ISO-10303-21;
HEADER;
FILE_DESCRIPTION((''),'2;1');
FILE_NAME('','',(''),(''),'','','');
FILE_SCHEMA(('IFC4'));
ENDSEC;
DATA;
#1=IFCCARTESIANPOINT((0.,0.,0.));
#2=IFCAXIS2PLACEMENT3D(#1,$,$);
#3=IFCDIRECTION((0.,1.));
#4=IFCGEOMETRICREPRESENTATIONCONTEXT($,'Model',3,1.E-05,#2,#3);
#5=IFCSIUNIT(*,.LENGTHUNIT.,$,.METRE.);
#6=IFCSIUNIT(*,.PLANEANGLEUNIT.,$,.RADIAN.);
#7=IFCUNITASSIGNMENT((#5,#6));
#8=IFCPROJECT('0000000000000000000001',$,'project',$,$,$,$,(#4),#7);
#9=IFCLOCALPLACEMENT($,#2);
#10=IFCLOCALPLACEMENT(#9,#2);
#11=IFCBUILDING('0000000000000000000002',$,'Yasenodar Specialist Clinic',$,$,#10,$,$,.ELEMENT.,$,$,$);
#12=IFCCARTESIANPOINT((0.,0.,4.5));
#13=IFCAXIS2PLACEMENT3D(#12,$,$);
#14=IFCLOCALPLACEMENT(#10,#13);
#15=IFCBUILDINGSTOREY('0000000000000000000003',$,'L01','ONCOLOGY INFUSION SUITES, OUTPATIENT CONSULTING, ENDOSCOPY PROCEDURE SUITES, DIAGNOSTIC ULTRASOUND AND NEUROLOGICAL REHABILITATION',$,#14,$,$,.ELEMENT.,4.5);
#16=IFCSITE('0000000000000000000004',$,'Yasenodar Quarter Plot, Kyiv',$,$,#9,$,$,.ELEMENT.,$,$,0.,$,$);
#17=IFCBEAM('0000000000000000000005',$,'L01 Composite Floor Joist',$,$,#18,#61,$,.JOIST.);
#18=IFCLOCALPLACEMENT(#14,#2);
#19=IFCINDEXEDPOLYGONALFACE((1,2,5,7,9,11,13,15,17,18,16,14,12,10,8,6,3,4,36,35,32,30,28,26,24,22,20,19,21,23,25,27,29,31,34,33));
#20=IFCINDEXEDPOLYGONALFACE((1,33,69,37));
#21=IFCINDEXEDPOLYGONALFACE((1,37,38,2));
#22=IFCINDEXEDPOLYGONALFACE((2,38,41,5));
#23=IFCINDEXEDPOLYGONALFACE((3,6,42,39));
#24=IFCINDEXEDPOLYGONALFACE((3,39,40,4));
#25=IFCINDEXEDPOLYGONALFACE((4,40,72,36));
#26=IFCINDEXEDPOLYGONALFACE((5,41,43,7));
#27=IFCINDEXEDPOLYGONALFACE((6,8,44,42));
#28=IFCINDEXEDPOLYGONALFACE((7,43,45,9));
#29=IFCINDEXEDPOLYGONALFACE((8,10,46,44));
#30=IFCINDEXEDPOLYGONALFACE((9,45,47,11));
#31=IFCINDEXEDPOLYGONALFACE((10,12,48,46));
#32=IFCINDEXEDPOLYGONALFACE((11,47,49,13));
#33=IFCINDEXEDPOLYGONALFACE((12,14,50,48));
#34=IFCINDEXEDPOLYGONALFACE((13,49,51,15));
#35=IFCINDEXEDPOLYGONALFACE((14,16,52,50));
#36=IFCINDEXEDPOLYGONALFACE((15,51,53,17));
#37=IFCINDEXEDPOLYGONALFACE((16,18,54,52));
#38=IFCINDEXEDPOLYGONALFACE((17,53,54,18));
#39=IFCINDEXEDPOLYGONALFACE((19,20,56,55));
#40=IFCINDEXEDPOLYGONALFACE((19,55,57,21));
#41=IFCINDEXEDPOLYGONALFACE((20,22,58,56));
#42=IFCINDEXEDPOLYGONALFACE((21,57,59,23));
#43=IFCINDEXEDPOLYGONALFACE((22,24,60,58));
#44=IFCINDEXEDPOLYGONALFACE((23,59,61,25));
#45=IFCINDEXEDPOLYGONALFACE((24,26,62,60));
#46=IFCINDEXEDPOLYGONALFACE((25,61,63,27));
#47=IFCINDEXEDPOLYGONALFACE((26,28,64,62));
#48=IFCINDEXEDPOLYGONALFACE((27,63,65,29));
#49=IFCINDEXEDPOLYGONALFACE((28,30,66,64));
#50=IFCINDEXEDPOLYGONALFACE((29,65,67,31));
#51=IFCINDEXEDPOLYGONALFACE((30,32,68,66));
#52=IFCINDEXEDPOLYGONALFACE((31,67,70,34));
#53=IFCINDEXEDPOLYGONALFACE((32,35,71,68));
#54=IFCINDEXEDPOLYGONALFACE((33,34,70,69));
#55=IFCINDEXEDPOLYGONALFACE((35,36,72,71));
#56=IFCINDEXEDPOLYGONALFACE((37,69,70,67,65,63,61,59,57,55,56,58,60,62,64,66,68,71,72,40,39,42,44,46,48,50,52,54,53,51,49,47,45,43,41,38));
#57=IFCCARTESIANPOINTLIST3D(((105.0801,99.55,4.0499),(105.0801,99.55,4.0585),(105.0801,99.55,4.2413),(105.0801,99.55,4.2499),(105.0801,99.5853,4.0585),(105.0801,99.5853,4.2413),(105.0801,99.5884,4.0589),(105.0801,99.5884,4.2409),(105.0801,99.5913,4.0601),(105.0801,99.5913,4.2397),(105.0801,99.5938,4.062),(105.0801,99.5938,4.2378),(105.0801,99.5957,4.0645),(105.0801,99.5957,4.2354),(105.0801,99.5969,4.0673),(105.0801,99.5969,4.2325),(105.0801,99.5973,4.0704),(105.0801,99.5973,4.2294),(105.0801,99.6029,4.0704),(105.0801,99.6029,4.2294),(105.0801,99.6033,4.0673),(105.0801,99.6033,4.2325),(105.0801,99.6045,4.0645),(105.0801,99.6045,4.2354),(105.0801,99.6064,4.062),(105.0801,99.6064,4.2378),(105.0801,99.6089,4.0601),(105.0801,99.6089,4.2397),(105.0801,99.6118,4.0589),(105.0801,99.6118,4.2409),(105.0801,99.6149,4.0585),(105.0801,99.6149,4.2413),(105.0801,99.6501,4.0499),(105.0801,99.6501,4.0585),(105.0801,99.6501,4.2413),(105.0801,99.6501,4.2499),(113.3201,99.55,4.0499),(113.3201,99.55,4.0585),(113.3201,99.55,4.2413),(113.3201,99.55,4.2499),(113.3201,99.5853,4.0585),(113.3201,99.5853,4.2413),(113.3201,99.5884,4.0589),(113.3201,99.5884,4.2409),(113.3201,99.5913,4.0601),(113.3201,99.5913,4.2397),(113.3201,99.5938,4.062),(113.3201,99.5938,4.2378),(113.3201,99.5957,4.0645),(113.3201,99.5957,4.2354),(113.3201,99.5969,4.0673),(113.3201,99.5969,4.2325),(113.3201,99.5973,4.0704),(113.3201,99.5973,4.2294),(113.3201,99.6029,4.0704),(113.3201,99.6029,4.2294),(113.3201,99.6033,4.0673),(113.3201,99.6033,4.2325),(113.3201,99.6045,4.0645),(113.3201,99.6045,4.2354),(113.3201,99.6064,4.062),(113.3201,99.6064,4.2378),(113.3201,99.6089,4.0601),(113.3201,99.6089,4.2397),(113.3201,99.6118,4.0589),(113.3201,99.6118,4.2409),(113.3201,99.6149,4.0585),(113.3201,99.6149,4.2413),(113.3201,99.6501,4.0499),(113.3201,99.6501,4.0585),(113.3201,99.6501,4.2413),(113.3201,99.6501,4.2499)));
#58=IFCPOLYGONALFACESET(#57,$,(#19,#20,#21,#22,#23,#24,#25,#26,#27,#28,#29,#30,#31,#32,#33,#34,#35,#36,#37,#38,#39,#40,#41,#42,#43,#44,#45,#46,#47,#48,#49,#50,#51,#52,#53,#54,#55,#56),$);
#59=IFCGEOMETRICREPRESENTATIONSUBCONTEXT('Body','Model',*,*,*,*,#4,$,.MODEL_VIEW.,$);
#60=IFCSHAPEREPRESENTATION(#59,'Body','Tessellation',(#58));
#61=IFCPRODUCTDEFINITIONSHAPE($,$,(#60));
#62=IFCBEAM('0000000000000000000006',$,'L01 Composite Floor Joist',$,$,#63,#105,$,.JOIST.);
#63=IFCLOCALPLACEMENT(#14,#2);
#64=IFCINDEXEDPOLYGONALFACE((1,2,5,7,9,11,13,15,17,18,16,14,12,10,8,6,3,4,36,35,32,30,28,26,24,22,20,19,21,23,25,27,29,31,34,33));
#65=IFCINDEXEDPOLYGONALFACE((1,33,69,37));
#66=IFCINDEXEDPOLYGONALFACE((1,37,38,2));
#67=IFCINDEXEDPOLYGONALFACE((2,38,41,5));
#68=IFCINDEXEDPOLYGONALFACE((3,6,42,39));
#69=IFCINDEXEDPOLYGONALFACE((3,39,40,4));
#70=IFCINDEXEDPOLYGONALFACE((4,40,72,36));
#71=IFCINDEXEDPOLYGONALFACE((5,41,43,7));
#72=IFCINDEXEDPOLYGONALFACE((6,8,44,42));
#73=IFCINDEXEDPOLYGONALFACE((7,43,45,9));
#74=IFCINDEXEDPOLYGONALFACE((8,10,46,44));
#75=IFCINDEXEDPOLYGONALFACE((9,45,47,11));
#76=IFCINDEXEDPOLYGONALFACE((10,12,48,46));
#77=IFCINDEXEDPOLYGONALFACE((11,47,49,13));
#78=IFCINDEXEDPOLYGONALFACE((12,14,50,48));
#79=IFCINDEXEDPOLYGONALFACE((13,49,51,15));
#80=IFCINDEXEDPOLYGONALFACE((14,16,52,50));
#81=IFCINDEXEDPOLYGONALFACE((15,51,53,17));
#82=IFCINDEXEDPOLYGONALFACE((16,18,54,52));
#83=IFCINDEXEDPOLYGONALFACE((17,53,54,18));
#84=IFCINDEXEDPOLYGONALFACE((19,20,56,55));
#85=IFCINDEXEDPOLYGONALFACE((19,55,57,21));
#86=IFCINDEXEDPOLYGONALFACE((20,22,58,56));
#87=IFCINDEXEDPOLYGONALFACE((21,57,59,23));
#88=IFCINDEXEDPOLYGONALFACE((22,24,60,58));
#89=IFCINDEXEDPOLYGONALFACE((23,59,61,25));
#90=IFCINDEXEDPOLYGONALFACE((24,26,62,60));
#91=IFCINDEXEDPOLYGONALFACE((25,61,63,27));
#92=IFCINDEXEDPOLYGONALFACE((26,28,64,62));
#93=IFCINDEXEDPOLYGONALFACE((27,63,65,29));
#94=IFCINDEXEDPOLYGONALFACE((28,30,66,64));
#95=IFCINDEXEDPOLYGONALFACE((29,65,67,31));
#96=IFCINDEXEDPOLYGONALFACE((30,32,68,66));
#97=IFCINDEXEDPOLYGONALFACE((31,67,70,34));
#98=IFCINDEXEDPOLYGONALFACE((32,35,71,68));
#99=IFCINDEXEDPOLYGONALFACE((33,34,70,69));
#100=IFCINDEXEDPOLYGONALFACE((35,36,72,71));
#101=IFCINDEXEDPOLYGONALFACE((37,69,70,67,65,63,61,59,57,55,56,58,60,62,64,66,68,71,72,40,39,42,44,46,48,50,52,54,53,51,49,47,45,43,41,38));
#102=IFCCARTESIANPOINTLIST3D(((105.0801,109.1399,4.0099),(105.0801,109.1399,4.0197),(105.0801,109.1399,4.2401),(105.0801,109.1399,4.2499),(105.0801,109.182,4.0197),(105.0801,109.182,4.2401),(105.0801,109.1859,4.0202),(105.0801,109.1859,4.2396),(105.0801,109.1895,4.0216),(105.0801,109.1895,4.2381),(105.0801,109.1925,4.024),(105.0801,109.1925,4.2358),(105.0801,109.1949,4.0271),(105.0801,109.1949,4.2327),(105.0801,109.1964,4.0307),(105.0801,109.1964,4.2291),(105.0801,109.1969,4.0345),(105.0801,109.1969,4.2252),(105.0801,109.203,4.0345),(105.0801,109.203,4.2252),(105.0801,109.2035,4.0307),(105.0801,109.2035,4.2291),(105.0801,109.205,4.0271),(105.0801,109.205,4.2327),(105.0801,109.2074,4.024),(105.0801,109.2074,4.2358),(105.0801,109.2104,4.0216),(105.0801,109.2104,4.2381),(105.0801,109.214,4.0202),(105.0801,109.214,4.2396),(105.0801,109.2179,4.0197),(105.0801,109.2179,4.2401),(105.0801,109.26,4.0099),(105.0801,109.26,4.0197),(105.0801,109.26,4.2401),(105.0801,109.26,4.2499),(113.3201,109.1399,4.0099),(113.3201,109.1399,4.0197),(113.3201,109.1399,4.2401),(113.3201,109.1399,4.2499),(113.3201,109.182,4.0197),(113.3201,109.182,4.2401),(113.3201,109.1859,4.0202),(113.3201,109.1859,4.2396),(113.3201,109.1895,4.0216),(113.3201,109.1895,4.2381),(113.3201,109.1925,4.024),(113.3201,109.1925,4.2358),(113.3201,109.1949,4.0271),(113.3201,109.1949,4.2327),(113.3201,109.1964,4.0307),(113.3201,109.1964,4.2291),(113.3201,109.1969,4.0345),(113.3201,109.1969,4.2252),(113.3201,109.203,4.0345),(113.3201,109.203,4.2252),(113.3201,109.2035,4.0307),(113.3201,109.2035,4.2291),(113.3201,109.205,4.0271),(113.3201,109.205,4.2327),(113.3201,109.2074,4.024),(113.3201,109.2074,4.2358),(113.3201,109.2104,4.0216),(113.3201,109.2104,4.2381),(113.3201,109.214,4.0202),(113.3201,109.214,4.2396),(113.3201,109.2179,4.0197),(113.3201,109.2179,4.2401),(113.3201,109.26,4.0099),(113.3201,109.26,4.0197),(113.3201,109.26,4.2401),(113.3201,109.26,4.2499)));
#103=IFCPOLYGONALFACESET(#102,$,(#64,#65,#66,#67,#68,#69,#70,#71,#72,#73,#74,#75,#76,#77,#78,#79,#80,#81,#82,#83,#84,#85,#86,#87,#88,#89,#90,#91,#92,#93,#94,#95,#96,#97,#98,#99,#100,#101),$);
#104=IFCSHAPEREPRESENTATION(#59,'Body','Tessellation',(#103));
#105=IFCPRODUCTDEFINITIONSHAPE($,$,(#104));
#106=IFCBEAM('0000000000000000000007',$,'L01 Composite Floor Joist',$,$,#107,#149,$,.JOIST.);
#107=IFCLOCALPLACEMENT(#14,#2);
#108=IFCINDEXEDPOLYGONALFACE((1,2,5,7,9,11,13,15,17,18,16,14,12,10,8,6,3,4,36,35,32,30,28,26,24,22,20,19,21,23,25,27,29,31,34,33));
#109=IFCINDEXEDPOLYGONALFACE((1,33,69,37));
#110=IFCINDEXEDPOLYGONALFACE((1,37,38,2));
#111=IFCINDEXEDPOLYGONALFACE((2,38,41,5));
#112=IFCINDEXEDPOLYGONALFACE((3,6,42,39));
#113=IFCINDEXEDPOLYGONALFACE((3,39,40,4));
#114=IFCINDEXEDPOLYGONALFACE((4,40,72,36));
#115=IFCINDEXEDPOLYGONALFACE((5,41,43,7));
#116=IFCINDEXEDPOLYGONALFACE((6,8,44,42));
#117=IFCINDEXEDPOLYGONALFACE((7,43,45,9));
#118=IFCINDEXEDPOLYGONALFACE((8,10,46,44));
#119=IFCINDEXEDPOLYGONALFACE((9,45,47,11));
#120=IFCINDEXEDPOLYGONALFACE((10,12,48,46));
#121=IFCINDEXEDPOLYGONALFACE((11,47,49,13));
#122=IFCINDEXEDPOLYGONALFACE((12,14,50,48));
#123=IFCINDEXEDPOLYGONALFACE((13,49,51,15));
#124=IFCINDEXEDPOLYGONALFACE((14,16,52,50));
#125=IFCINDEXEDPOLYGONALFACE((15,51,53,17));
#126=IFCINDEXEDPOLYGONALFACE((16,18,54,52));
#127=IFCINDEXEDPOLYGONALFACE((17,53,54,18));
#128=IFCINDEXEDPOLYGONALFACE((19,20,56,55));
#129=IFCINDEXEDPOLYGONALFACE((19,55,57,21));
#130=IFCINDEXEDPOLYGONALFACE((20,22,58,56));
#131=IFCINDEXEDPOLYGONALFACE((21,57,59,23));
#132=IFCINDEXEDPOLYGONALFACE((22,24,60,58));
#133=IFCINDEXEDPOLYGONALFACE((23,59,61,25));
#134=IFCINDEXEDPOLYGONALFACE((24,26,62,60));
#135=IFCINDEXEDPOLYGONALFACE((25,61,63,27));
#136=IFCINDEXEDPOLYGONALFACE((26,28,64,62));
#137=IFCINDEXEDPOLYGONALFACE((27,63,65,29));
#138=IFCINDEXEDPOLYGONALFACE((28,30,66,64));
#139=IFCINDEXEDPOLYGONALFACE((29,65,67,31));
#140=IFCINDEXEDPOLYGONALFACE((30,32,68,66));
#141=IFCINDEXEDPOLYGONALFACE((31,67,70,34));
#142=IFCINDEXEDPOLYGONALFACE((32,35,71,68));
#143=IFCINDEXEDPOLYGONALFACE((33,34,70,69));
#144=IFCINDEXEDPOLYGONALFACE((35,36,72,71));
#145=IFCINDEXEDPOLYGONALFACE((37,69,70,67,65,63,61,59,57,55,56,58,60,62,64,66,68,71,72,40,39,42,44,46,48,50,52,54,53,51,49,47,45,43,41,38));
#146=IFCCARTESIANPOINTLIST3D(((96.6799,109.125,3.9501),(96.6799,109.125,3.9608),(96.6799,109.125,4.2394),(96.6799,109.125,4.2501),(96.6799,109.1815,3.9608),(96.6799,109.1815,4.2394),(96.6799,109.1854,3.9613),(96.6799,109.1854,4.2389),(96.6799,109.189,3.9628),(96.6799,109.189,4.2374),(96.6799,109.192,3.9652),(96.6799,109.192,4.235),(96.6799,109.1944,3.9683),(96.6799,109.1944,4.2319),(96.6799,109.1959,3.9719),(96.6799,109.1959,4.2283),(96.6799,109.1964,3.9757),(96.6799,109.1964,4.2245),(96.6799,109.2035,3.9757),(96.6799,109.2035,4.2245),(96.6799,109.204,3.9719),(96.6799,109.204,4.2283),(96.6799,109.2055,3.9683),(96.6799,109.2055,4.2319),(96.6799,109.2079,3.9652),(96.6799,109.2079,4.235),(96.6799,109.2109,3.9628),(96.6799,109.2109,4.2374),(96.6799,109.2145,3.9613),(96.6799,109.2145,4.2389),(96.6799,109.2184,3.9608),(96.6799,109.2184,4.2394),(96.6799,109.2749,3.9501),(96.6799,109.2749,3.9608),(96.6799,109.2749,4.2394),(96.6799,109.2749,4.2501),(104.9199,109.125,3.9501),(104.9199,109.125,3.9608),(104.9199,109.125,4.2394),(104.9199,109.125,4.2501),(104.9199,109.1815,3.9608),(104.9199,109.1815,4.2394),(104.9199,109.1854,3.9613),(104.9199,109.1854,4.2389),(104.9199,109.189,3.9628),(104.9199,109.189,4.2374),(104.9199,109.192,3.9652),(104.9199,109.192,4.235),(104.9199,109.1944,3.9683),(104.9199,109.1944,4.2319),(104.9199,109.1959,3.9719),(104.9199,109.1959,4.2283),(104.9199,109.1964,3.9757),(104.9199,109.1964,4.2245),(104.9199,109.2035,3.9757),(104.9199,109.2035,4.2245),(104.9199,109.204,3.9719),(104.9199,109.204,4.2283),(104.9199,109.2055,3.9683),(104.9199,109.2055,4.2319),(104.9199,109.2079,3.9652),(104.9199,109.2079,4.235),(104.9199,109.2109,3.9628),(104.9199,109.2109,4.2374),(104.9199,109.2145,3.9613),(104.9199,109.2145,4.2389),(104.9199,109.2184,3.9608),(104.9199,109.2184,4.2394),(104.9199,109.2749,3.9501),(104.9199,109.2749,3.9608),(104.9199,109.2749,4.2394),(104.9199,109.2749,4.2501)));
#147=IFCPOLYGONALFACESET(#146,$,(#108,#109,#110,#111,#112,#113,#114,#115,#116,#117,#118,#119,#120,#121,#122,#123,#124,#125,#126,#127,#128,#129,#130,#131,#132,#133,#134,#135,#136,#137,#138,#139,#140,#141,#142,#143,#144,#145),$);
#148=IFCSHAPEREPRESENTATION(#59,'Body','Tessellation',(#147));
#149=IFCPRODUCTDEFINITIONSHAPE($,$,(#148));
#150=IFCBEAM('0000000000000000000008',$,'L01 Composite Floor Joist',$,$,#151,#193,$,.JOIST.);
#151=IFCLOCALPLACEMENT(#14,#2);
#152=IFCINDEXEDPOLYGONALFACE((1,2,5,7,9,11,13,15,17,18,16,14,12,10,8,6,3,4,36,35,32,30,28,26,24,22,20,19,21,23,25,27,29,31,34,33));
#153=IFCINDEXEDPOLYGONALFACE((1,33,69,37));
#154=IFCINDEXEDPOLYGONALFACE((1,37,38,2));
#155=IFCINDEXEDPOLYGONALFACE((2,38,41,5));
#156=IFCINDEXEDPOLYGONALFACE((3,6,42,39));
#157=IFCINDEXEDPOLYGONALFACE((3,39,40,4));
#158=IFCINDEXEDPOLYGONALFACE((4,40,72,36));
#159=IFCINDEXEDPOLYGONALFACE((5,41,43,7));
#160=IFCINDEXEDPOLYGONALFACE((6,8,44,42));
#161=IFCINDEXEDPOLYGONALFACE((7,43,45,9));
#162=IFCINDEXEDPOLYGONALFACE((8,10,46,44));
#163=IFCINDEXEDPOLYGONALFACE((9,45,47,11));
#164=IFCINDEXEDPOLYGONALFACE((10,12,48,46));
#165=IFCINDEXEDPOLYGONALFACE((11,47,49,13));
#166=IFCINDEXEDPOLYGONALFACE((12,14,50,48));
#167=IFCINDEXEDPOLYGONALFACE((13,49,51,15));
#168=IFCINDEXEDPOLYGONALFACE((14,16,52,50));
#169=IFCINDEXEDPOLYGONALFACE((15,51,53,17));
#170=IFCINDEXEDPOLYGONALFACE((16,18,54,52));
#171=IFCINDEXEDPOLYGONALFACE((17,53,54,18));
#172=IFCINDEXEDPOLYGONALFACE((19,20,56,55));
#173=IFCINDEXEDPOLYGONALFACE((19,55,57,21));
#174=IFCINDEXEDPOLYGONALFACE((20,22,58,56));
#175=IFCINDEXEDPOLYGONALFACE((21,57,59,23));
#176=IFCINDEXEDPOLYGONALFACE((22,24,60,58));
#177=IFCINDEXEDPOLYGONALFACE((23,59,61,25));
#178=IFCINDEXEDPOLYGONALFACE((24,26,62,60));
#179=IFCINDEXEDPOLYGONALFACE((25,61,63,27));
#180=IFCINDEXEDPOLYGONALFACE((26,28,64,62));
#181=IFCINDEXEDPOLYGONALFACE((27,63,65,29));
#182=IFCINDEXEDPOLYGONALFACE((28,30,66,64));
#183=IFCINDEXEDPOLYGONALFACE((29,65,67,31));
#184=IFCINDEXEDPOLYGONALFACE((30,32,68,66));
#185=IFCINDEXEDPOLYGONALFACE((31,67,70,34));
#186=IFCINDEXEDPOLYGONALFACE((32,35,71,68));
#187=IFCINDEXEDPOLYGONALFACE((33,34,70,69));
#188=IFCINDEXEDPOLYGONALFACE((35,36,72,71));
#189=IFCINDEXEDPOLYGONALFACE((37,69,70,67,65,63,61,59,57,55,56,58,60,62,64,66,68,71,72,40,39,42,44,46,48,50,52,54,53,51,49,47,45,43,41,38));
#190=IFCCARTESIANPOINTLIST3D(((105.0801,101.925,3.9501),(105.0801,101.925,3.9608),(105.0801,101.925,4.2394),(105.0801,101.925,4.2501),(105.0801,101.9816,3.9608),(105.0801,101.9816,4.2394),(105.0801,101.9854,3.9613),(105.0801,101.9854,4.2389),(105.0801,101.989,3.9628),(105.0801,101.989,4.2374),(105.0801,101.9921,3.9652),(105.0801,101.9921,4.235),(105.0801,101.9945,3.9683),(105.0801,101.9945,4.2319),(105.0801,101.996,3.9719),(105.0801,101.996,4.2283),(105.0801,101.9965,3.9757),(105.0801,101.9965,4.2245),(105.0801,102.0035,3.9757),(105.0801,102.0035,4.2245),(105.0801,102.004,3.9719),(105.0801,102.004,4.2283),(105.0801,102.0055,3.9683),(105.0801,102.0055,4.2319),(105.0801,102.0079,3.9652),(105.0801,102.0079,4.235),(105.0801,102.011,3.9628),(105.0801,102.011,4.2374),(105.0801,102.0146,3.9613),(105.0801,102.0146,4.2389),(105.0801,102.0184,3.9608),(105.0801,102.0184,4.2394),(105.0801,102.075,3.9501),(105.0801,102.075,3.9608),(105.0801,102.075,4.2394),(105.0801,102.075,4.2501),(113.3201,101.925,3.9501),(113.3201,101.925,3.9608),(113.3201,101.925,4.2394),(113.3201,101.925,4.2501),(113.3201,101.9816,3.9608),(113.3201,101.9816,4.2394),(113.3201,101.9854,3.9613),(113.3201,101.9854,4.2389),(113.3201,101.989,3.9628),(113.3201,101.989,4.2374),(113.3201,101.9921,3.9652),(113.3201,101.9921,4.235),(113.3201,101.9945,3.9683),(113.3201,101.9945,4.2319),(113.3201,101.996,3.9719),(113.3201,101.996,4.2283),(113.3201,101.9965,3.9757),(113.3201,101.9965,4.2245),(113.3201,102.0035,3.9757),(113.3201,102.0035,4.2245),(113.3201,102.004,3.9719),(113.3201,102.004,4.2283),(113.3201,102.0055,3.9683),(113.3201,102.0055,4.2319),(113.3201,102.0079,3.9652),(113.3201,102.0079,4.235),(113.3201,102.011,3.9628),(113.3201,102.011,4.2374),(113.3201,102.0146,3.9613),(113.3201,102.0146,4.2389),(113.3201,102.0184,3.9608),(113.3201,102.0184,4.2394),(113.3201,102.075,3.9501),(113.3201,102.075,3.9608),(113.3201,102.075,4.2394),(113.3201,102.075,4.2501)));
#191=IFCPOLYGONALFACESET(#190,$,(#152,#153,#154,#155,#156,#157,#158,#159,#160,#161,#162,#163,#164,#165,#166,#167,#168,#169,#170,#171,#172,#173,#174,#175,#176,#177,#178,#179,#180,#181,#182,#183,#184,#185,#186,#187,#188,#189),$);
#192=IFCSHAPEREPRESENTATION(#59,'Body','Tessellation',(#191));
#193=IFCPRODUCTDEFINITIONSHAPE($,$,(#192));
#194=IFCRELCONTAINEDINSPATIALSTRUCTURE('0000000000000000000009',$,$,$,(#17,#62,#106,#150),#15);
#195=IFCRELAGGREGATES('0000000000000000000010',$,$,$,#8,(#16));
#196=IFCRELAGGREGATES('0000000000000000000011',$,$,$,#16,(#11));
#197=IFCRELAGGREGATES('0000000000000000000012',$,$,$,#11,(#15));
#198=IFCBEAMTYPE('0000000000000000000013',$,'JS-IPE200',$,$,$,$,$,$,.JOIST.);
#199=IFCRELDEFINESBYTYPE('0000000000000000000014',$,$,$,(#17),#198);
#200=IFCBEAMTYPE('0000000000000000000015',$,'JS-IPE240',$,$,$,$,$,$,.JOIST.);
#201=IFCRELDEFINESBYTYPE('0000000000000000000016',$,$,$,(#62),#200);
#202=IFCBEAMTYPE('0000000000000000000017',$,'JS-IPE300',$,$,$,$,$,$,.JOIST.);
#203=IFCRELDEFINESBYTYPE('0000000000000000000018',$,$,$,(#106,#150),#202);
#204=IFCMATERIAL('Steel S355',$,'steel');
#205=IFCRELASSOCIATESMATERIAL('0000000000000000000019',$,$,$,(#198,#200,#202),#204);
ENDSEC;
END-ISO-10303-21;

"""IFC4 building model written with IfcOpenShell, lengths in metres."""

from ifc_helpers import new_model, si_unit, direction, frame, origin, origin_2d, place, context, subcontext, project, spatial, i_section, extrude, material, material_profile, profile_set, type_object, element, save


model = new_model("IFC4")

# Units and contexts
model_context = context("Model", 3, precision=1e-05, world=origin(), true_north=direction((0.0, 1.0)))
body_context = subcontext(model_context, "Body", "Model", "MODEL_VIEW")
ifc_project = project(units=[si_unit("LENGTHUNIT", "METRE"), si_unit("PLANEANGLEUNIT", "RADIAN")], contexts=[model_context])

# Site, building, storey
site_placement = place(None, origin())
site = spatial("IfcSite", under=ifc_project, at=site_placement, Name="Yasenodar Quarter Plot, Kyiv", CompositionType="ELEMENT", RefElevation=0.0)
building_placement = place(site_placement, origin())
building = spatial("IfcBuilding", under=site, at=building_placement, Name="Yasenodar Specialist Clinic", CompositionType="ELEMENT")
storey_placement = place(building_placement, frame((0.0, 0.0, 4.5)))
storey = spatial("IfcBuildingStorey", under=building, at=storey_placement, Name="L01", Description="ONCOLOGY INFUSION SUITES, OUTPATIENT CONSULTING, ENDOSCOPY PROCEDURE SUITES, DIAGNOSTIC ULTRASOUND AND NEUROLOGICAL REHABILITATION", CompositionType="ELEMENT", Elevation=4.5)

# Shared definitions
ifc_material_1 = material(Name="Steel S355", Category="steel")

# Beams
ifc_material_profile_1 = material_profile(ifc_material_1, i_section(OverallWidth=0.1001, OverallDepth=0.2, WebThickness=0.0056, FlangeThickness=0.0085, FilletRadius=0.012, at=origin_2d()), Name="IPE 200")
ifc_profile_set_1 = profile_set([ifc_material_profile_1], Name="Steel S355")
beam_type_1 = type_object("IfcBeamType", Name="JS-IPE200", PredefinedType="JOIST", material=ifc_profile_set_1)
for number, where, z_axis, x_axis, name in (
    (1, (105.0801, 99.6001, 4.1499), (1.0, 0.0, 0.0), (0.0, 1.0, 0.0), "L01 Composite Floor Joist"),
):
    element("IfcBeam", number, at=place(storey_placement, frame(where, z_axis=z_axis, x_axis=x_axis)), inside=storey, type_object=beam_type_1, Name=name, PredefinedType="JOIST", context=body_context, shape_type="SweptSolid", body=[
        extrude(i_section(OverallWidth=0.1001, OverallDepth=0.2, WebThickness=0.0056, FlangeThickness=0.0085, FilletRadius=0.012, at=origin_2d()), origin(), (0.0, 0.0, 1.0), 8.24),
    ])
ifc_material_profile_2 = material_profile(ifc_material_1, i_section(OverallWidth=0.1201, OverallDepth=0.24, WebThickness=0.0061, FlangeThickness=0.0098, FilletRadius=0.0149, at=origin_2d()), Name="IPE 240")
ifc_profile_set_2 = profile_set([ifc_material_profile_2], Name="Steel S355")
beam_type_2 = type_object("IfcBeamType", Name="JS-IPE240", PredefinedType="JOIST", material=ifc_profile_set_2)
beam_1_placement = place(storey_placement, frame((105.0801, 109.2, 4.1299), z_axis=(1.0, 0.0, 0.0), x_axis=(0.0, 1.0, 0.0)))
element("IfcBeam", 2, at=beam_1_placement, inside=storey, type_object=beam_type_2, Name="L01 Composite Floor Joist", PredefinedType="JOIST", context=body_context, shape_type="SweptSolid", body=[
    extrude(i_section(OverallWidth=0.1201, OverallDepth=0.24, WebThickness=0.0061, FlangeThickness=0.0098, FilletRadius=0.0149, at=origin_2d()), origin(), (0.0, 0.0, 1.0), 8.24),
])
ifc_material_profile_3 = material_profile(ifc_material_1, i_section(OverallWidth=0.1499, OverallDepth=0.3, WebThickness=0.0071, FlangeThickness=0.0107, FilletRadius=0.0149, at=origin_2d()), Name="IPE 300")
ifc_profile_set_3 = profile_set([ifc_material_profile_3], Name="Steel S355")
beam_type_3 = type_object("IfcBeamType", Name="JS-IPE300", PredefinedType="JOIST", material=ifc_profile_set_3)
for number, where, z_axis, x_axis, name in (
    (3, (96.6799, 109.2, 4.1001), (1.0, 0.0, 0.0), (0.0, 1.0, 0.0), "L01 Composite Floor Joist"),
    (4, (105.0801, 102.0, 4.1001), (1.0, 0.0, 0.0), (0.0, 1.0, 0.0), "L01 Composite Floor Joist"),
):
    element("IfcBeam", number, at=place(storey_placement, frame(where, z_axis=z_axis, x_axis=x_axis)), inside=storey, type_object=beam_type_3, Name=name, PredefinedType="JOIST", context=body_context, shape_type="SweptSolid", body=[
        extrude(i_section(OverallWidth=0.1499, OverallDepth=0.3, WebThickness=0.0071, FlangeThickness=0.0107, FilletRadius=0.0149, at=origin_2d()), origin(), (0.0, 0.0, 1.0), 8.24),
    ])

save(model, "model.ifc")
